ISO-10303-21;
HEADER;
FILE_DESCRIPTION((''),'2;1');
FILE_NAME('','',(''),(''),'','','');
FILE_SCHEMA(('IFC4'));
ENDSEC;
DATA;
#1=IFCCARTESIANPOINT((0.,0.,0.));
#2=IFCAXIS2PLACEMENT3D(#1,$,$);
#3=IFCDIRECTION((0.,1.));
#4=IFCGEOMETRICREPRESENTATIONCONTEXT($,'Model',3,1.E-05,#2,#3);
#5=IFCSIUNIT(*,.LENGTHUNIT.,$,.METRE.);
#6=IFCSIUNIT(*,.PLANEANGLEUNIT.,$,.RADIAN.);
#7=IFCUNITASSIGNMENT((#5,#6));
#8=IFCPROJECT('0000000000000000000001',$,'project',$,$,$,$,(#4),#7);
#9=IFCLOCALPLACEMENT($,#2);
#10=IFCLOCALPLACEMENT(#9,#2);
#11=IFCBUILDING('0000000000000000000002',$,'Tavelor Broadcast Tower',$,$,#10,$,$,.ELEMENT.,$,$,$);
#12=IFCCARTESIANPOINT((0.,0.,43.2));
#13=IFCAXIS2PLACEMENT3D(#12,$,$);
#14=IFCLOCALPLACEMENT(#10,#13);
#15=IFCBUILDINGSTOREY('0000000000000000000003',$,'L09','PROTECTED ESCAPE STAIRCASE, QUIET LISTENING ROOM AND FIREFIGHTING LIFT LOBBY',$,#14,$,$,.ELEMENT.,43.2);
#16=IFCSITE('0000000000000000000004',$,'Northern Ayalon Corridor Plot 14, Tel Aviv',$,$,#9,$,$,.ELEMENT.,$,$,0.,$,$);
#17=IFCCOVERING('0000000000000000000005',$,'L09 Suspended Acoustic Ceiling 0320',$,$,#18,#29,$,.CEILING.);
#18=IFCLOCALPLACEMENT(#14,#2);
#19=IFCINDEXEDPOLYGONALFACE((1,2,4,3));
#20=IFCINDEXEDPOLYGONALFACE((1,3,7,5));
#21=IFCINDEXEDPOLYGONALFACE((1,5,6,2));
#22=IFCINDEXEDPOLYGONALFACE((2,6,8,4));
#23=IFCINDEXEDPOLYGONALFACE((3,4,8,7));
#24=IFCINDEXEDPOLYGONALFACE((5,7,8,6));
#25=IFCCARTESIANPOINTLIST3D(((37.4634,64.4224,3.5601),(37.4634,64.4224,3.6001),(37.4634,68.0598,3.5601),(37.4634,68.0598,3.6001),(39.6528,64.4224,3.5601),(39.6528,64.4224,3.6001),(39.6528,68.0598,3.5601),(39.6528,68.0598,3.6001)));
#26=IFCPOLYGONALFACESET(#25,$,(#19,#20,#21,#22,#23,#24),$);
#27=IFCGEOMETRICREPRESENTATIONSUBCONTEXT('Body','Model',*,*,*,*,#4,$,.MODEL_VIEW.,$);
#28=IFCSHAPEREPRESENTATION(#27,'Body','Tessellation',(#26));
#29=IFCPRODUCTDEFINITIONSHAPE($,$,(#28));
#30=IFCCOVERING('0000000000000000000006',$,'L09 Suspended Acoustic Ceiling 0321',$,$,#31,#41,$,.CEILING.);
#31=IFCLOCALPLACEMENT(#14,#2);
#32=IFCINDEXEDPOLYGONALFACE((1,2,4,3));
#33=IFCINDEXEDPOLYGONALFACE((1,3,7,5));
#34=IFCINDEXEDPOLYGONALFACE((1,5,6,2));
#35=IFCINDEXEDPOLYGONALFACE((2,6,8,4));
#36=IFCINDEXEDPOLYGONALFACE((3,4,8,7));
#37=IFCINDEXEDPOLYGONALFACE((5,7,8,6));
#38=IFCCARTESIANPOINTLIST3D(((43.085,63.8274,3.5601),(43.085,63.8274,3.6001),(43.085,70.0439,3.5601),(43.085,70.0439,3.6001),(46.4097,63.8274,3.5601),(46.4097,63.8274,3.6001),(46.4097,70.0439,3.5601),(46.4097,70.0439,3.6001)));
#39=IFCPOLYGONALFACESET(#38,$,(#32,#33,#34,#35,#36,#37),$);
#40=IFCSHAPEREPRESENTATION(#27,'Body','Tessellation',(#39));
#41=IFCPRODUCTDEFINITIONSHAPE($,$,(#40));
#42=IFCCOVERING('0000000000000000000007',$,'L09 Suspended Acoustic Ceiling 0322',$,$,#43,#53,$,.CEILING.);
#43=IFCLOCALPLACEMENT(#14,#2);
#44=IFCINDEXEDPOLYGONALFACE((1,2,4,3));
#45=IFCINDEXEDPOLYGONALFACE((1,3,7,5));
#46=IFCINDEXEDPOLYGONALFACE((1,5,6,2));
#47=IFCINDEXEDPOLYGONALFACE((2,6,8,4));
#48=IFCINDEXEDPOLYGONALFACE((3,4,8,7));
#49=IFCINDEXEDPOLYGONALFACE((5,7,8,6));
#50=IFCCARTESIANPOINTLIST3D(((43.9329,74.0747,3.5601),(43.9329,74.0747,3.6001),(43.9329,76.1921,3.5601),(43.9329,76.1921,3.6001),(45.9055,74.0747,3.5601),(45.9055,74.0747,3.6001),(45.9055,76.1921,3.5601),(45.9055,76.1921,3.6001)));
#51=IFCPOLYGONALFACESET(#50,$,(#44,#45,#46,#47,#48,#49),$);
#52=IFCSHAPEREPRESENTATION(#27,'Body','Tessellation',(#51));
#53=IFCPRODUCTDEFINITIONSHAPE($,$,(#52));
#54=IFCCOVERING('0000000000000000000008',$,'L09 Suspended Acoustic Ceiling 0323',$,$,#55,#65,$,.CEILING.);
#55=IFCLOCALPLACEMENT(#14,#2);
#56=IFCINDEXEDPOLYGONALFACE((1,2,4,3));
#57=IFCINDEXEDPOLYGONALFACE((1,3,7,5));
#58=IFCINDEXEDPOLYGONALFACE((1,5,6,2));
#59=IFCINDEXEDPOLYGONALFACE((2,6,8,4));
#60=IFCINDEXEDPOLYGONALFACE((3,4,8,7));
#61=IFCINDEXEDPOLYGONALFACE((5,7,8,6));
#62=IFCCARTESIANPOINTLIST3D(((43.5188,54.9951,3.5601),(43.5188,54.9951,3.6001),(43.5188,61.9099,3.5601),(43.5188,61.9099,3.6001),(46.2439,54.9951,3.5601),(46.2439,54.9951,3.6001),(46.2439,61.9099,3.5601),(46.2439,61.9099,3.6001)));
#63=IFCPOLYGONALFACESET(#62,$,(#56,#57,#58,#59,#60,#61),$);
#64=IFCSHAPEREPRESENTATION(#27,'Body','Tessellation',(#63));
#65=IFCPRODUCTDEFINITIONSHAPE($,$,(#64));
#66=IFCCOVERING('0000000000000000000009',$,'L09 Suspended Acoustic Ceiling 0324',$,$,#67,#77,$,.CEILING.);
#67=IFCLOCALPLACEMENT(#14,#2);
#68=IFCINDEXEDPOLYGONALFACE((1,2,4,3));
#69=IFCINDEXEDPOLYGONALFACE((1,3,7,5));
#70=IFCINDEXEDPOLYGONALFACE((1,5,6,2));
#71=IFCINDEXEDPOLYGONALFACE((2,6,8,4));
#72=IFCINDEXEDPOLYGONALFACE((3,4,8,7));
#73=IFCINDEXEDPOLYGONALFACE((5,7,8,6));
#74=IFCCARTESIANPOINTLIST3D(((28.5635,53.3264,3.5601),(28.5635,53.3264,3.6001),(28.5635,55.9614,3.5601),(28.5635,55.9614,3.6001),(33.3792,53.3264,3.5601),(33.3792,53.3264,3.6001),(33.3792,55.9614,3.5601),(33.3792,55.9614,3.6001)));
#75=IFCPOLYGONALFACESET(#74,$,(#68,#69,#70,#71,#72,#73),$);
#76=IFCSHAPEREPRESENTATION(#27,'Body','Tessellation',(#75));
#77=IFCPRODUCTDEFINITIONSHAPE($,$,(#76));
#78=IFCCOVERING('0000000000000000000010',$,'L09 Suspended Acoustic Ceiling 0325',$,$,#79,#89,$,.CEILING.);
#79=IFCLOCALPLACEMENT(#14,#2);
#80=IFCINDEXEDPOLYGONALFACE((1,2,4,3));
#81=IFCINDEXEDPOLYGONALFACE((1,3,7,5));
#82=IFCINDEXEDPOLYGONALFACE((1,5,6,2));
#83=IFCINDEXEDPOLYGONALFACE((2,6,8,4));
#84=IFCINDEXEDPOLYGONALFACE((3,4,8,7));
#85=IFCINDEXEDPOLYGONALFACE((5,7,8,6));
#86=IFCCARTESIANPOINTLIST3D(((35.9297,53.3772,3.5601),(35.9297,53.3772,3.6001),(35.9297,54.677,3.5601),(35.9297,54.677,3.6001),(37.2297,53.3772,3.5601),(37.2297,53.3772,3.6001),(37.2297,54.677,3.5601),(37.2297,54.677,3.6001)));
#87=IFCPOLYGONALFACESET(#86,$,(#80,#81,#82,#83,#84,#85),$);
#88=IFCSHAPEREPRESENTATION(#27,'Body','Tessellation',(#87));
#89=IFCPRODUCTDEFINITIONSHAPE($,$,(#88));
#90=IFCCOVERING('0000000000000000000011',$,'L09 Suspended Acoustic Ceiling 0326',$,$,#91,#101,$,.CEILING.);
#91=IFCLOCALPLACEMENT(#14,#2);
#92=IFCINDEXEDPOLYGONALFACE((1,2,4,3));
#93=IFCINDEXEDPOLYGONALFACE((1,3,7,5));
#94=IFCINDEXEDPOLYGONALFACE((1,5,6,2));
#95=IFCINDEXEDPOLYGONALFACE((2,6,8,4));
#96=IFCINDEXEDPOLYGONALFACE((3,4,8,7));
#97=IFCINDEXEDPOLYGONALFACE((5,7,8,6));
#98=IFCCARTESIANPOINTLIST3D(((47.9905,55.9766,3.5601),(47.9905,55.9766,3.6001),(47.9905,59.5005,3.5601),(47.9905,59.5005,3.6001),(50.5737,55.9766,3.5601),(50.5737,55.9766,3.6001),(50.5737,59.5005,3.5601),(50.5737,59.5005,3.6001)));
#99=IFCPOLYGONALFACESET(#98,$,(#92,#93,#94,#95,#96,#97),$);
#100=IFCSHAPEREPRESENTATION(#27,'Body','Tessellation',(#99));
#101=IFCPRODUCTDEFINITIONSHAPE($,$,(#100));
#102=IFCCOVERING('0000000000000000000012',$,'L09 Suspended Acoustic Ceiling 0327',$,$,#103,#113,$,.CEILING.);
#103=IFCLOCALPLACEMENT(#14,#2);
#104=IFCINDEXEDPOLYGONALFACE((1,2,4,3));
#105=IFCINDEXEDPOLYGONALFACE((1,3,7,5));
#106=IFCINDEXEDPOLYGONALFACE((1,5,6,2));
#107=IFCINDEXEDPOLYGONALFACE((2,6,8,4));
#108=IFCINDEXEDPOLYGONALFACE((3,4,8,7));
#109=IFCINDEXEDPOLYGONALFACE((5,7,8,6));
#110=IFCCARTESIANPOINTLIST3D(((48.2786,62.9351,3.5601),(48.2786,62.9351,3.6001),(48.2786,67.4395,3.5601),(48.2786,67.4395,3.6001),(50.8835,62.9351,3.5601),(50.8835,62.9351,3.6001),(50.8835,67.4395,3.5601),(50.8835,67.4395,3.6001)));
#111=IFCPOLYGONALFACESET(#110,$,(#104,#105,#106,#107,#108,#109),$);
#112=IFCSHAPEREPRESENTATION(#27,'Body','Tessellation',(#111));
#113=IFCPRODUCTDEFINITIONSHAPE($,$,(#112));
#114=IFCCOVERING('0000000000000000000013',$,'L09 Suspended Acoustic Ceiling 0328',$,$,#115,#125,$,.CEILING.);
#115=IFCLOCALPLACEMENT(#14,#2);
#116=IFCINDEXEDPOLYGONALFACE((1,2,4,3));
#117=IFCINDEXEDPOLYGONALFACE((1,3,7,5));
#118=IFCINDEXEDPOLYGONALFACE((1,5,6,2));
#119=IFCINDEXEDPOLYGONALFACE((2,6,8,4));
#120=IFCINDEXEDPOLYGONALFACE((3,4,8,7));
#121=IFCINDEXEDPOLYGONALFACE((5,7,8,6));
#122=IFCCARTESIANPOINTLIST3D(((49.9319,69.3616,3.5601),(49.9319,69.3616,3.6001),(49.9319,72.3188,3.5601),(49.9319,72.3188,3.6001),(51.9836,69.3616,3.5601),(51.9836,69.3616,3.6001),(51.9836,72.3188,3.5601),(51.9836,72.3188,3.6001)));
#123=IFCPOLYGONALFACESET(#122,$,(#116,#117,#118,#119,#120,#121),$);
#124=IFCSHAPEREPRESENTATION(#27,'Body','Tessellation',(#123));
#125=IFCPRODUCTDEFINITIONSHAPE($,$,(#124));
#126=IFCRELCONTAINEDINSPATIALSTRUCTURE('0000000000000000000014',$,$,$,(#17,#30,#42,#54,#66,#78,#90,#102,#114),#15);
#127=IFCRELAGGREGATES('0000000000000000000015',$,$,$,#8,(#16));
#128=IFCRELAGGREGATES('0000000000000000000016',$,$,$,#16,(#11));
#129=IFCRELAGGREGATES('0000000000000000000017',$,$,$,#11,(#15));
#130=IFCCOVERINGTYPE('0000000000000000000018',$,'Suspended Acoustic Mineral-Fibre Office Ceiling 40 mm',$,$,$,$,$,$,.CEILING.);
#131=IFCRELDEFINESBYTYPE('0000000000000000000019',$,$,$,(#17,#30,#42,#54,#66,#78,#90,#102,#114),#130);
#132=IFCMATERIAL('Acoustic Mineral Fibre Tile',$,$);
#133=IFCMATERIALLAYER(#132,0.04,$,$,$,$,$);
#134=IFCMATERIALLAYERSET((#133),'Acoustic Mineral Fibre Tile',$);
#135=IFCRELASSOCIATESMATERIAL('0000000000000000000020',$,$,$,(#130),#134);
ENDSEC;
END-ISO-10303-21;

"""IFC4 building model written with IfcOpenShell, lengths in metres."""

from ifc_helpers import new_model, si_unit, direction, frame, origin, place, context, subcontext, project, spatial, polyline, outline, extrude, material, layer, layer_set, type_object, element, save


model = new_model("IFC4")

# Units and contexts
model_context = context("Model", 3, precision=1e-05, world=origin(), true_north=direction((0.0, 1.0)))
body_context = subcontext(model_context, "Body", "Model", "MODEL_VIEW")
ifc_project = project(units=[si_unit("LENGTHUNIT", "METRE"), si_unit("PLANEANGLEUNIT", "RADIAN")], contexts=[model_context])

# Site, building, storey
site_placement = place(None, origin())
site = spatial("IfcSite", under=ifc_project, at=site_placement, Name="Northern Ayalon Corridor Plot 14, Tel Aviv", CompositionType="ELEMENT", RefElevation=0.0)
building_placement = place(site_placement, origin())
building = spatial("IfcBuilding", under=site, at=building_placement, Name="Tavelor Broadcast Tower", CompositionType="ELEMENT")
storey_placement = place(building_placement, frame((0.0, 0.0, 43.2)))
storey = spatial("IfcBuildingStorey", under=building, at=storey_placement, Name="L09", Description="PROTECTED ESCAPE STAIRCASE, QUIET LISTENING ROOM AND FIREFIGHTING LIFT LOBBY", CompositionType="ELEMENT", Elevation=43.2)

# Coverings
ifc_material_1 = material(Name="Acoustic Mineral Fibre Tile")
ifc_layer_1 = layer(ifc_material_1, 0.04)
ifc_layer_set_1 = layer_set([ifc_layer_1], Name="Acoustic Mineral Fibre Tile")
covering_type_1 = type_object("IfcCoveringType", Name="Suspended Acoustic Mineral-Fibre Office Ceiling 40 mm", PredefinedType="CEILING", material=ifc_layer_set_1)
covering_1_placement = place(storey_placement, frame((0.0, 0.0, 3.5601)))
element("IfcCovering", 1, at=covering_1_placement, inside=storey, type_object=covering_type_1, Name="L09 Suspended Acoustic Ceiling 0320", PredefinedType="CEILING", context=body_context, shape_type="SweptSolid", body=[
    extrude(outline(polyline([(37.4634, 64.4224), (39.6528, 64.4224), (39.6528, 68.0598), (37.4634, 68.0598), (37.4634, 64.4224)])), origin(), (0.0, 0.0, 1.0), 0.04),
])
covering_2_placement = place(storey_placement, frame((0.0, 0.0, 3.5601)))
element("IfcCovering", 2, at=covering_2_placement, inside=storey, type_object=covering_type_1, Name="L09 Suspended Acoustic Ceiling 0321", PredefinedType="CEILING", context=body_context, shape_type="SweptSolid", body=[
    extrude(outline(polyline([(43.085, 63.8274), (46.4097, 63.8274), (46.4097, 70.0439), (43.085, 70.0439), (43.085, 63.8274)])), origin(), (0.0, 0.0, 1.0), 0.04),
])
covering_3_placement = place(storey_placement, frame((0.0, 0.0, 3.5601)))
element("IfcCovering", 3, at=covering_3_placement, inside=storey, type_object=covering_type_1, Name="L09 Suspended Acoustic Ceiling 0322", PredefinedType="CEILING", context=body_context, shape_type="SweptSolid", body=[
    extrude(outline(polyline([(43.9329, 74.0747), (45.9055, 74.0747), (45.9055, 76.1921), (43.9329, 76.1921), (43.9329, 74.0747)])), origin(), (0.0, 0.0, 1.0), 0.04),
])
covering_4_placement = place(storey_placement, frame((0.0, 0.0, 3.5601)))
element("IfcCovering", 4, at=covering_4_placement, inside=storey, type_object=covering_type_1, Name="L09 Suspended Acoustic Ceiling 0323", PredefinedType="CEILING", context=body_context, shape_type="SweptSolid", body=[
    extrude(outline(polyline([(43.5188, 54.9951), (46.2439, 54.9951), (46.2439, 61.9099), (43.5188, 61.9099), (43.5188, 54.9951)])), origin(), (0.0, 0.0, 1.0), 0.04),
])
covering_5_placement = place(storey_placement, frame((0.0, 0.0, 3.5601)))
element("IfcCovering", 5, at=covering_5_placement, inside=storey, type_object=covering_type_1, Name="L09 Suspended Acoustic Ceiling 0324", PredefinedType="CEILING", context=body_context, shape_type="SweptSolid", body=[
    extrude(outline(polyline([(28.5635, 53.3264), (33.3792, 53.3264), (33.3792, 55.9614), (28.5635, 55.9614), (28.5635, 53.3264)])), origin(), (0.0, 0.0, 1.0), 0.04),
])
covering_6_placement = place(storey_placement, frame((0.0, 0.0, 3.5601)))
element("IfcCovering", 6, at=covering_6_placement, inside=storey, type_object=covering_type_1, Name="L09 Suspended Acoustic Ceiling 0325", PredefinedType="CEILING", context=body_context, shape_type="SweptSolid", body=[
    extrude(outline(polyline([(35.9297, 53.3772), (37.2297, 53.3772), (37.2297, 54.677), (35.9297, 54.677), (35.9297, 53.3772)])), origin(), (0.0, 0.0, 1.0), 0.04),
])
covering_7_placement = place(storey_placement, frame((0.0, 0.0, 3.5601)))
element("IfcCovering", 7, at=covering_7_placement, inside=storey, type_object=covering_type_1, Name="L09 Suspended Acoustic Ceiling 0326", PredefinedType="CEILING", context=body_context, shape_type="SweptSolid", body=[
    extrude(outline(polyline([(47.9905, 55.9766), (50.5737, 55.9766), (50.5737, 59.5005), (47.9905, 59.5005), (47.9905, 55.9766)])), origin(), (0.0, 0.0, 1.0), 0.04),
])
covering_8_placement = place(storey_placement, frame((0.0, 0.0, 3.5601)))
element("IfcCovering", 8, at=covering_8_placement, inside=storey, type_object=covering_type_1, Name="L09 Suspended Acoustic Ceiling 0327", PredefinedType="CEILING", context=body_context, shape_type="SweptSolid", body=[
    extrude(outline(polyline([(48.2786, 62.9351), (50.8835, 62.9351), (50.8835, 67.4395), (48.2786, 67.4395), (48.2786, 62.9351)])), origin(), (0.0, 0.0, 1.0), 0.04),
])
covering_9_placement = place(storey_placement, frame((0.0, 0.0, 3.5601)))
element("IfcCovering", 9, at=covering_9_placement, inside=storey, type_object=covering_type_1, Name="L09 Suspended Acoustic Ceiling 0328", PredefinedType="CEILING", context=body_context, shape_type="SweptSolid", body=[
    extrude(outline(polyline([(49.9319, 69.3616), (51.9836, 69.3616), (51.9836, 72.3188), (49.9319, 72.3188), (49.9319, 69.3616)])), origin(), (0.0, 0.0, 1.0), 0.04),
])

save(model, "model.ifc")
